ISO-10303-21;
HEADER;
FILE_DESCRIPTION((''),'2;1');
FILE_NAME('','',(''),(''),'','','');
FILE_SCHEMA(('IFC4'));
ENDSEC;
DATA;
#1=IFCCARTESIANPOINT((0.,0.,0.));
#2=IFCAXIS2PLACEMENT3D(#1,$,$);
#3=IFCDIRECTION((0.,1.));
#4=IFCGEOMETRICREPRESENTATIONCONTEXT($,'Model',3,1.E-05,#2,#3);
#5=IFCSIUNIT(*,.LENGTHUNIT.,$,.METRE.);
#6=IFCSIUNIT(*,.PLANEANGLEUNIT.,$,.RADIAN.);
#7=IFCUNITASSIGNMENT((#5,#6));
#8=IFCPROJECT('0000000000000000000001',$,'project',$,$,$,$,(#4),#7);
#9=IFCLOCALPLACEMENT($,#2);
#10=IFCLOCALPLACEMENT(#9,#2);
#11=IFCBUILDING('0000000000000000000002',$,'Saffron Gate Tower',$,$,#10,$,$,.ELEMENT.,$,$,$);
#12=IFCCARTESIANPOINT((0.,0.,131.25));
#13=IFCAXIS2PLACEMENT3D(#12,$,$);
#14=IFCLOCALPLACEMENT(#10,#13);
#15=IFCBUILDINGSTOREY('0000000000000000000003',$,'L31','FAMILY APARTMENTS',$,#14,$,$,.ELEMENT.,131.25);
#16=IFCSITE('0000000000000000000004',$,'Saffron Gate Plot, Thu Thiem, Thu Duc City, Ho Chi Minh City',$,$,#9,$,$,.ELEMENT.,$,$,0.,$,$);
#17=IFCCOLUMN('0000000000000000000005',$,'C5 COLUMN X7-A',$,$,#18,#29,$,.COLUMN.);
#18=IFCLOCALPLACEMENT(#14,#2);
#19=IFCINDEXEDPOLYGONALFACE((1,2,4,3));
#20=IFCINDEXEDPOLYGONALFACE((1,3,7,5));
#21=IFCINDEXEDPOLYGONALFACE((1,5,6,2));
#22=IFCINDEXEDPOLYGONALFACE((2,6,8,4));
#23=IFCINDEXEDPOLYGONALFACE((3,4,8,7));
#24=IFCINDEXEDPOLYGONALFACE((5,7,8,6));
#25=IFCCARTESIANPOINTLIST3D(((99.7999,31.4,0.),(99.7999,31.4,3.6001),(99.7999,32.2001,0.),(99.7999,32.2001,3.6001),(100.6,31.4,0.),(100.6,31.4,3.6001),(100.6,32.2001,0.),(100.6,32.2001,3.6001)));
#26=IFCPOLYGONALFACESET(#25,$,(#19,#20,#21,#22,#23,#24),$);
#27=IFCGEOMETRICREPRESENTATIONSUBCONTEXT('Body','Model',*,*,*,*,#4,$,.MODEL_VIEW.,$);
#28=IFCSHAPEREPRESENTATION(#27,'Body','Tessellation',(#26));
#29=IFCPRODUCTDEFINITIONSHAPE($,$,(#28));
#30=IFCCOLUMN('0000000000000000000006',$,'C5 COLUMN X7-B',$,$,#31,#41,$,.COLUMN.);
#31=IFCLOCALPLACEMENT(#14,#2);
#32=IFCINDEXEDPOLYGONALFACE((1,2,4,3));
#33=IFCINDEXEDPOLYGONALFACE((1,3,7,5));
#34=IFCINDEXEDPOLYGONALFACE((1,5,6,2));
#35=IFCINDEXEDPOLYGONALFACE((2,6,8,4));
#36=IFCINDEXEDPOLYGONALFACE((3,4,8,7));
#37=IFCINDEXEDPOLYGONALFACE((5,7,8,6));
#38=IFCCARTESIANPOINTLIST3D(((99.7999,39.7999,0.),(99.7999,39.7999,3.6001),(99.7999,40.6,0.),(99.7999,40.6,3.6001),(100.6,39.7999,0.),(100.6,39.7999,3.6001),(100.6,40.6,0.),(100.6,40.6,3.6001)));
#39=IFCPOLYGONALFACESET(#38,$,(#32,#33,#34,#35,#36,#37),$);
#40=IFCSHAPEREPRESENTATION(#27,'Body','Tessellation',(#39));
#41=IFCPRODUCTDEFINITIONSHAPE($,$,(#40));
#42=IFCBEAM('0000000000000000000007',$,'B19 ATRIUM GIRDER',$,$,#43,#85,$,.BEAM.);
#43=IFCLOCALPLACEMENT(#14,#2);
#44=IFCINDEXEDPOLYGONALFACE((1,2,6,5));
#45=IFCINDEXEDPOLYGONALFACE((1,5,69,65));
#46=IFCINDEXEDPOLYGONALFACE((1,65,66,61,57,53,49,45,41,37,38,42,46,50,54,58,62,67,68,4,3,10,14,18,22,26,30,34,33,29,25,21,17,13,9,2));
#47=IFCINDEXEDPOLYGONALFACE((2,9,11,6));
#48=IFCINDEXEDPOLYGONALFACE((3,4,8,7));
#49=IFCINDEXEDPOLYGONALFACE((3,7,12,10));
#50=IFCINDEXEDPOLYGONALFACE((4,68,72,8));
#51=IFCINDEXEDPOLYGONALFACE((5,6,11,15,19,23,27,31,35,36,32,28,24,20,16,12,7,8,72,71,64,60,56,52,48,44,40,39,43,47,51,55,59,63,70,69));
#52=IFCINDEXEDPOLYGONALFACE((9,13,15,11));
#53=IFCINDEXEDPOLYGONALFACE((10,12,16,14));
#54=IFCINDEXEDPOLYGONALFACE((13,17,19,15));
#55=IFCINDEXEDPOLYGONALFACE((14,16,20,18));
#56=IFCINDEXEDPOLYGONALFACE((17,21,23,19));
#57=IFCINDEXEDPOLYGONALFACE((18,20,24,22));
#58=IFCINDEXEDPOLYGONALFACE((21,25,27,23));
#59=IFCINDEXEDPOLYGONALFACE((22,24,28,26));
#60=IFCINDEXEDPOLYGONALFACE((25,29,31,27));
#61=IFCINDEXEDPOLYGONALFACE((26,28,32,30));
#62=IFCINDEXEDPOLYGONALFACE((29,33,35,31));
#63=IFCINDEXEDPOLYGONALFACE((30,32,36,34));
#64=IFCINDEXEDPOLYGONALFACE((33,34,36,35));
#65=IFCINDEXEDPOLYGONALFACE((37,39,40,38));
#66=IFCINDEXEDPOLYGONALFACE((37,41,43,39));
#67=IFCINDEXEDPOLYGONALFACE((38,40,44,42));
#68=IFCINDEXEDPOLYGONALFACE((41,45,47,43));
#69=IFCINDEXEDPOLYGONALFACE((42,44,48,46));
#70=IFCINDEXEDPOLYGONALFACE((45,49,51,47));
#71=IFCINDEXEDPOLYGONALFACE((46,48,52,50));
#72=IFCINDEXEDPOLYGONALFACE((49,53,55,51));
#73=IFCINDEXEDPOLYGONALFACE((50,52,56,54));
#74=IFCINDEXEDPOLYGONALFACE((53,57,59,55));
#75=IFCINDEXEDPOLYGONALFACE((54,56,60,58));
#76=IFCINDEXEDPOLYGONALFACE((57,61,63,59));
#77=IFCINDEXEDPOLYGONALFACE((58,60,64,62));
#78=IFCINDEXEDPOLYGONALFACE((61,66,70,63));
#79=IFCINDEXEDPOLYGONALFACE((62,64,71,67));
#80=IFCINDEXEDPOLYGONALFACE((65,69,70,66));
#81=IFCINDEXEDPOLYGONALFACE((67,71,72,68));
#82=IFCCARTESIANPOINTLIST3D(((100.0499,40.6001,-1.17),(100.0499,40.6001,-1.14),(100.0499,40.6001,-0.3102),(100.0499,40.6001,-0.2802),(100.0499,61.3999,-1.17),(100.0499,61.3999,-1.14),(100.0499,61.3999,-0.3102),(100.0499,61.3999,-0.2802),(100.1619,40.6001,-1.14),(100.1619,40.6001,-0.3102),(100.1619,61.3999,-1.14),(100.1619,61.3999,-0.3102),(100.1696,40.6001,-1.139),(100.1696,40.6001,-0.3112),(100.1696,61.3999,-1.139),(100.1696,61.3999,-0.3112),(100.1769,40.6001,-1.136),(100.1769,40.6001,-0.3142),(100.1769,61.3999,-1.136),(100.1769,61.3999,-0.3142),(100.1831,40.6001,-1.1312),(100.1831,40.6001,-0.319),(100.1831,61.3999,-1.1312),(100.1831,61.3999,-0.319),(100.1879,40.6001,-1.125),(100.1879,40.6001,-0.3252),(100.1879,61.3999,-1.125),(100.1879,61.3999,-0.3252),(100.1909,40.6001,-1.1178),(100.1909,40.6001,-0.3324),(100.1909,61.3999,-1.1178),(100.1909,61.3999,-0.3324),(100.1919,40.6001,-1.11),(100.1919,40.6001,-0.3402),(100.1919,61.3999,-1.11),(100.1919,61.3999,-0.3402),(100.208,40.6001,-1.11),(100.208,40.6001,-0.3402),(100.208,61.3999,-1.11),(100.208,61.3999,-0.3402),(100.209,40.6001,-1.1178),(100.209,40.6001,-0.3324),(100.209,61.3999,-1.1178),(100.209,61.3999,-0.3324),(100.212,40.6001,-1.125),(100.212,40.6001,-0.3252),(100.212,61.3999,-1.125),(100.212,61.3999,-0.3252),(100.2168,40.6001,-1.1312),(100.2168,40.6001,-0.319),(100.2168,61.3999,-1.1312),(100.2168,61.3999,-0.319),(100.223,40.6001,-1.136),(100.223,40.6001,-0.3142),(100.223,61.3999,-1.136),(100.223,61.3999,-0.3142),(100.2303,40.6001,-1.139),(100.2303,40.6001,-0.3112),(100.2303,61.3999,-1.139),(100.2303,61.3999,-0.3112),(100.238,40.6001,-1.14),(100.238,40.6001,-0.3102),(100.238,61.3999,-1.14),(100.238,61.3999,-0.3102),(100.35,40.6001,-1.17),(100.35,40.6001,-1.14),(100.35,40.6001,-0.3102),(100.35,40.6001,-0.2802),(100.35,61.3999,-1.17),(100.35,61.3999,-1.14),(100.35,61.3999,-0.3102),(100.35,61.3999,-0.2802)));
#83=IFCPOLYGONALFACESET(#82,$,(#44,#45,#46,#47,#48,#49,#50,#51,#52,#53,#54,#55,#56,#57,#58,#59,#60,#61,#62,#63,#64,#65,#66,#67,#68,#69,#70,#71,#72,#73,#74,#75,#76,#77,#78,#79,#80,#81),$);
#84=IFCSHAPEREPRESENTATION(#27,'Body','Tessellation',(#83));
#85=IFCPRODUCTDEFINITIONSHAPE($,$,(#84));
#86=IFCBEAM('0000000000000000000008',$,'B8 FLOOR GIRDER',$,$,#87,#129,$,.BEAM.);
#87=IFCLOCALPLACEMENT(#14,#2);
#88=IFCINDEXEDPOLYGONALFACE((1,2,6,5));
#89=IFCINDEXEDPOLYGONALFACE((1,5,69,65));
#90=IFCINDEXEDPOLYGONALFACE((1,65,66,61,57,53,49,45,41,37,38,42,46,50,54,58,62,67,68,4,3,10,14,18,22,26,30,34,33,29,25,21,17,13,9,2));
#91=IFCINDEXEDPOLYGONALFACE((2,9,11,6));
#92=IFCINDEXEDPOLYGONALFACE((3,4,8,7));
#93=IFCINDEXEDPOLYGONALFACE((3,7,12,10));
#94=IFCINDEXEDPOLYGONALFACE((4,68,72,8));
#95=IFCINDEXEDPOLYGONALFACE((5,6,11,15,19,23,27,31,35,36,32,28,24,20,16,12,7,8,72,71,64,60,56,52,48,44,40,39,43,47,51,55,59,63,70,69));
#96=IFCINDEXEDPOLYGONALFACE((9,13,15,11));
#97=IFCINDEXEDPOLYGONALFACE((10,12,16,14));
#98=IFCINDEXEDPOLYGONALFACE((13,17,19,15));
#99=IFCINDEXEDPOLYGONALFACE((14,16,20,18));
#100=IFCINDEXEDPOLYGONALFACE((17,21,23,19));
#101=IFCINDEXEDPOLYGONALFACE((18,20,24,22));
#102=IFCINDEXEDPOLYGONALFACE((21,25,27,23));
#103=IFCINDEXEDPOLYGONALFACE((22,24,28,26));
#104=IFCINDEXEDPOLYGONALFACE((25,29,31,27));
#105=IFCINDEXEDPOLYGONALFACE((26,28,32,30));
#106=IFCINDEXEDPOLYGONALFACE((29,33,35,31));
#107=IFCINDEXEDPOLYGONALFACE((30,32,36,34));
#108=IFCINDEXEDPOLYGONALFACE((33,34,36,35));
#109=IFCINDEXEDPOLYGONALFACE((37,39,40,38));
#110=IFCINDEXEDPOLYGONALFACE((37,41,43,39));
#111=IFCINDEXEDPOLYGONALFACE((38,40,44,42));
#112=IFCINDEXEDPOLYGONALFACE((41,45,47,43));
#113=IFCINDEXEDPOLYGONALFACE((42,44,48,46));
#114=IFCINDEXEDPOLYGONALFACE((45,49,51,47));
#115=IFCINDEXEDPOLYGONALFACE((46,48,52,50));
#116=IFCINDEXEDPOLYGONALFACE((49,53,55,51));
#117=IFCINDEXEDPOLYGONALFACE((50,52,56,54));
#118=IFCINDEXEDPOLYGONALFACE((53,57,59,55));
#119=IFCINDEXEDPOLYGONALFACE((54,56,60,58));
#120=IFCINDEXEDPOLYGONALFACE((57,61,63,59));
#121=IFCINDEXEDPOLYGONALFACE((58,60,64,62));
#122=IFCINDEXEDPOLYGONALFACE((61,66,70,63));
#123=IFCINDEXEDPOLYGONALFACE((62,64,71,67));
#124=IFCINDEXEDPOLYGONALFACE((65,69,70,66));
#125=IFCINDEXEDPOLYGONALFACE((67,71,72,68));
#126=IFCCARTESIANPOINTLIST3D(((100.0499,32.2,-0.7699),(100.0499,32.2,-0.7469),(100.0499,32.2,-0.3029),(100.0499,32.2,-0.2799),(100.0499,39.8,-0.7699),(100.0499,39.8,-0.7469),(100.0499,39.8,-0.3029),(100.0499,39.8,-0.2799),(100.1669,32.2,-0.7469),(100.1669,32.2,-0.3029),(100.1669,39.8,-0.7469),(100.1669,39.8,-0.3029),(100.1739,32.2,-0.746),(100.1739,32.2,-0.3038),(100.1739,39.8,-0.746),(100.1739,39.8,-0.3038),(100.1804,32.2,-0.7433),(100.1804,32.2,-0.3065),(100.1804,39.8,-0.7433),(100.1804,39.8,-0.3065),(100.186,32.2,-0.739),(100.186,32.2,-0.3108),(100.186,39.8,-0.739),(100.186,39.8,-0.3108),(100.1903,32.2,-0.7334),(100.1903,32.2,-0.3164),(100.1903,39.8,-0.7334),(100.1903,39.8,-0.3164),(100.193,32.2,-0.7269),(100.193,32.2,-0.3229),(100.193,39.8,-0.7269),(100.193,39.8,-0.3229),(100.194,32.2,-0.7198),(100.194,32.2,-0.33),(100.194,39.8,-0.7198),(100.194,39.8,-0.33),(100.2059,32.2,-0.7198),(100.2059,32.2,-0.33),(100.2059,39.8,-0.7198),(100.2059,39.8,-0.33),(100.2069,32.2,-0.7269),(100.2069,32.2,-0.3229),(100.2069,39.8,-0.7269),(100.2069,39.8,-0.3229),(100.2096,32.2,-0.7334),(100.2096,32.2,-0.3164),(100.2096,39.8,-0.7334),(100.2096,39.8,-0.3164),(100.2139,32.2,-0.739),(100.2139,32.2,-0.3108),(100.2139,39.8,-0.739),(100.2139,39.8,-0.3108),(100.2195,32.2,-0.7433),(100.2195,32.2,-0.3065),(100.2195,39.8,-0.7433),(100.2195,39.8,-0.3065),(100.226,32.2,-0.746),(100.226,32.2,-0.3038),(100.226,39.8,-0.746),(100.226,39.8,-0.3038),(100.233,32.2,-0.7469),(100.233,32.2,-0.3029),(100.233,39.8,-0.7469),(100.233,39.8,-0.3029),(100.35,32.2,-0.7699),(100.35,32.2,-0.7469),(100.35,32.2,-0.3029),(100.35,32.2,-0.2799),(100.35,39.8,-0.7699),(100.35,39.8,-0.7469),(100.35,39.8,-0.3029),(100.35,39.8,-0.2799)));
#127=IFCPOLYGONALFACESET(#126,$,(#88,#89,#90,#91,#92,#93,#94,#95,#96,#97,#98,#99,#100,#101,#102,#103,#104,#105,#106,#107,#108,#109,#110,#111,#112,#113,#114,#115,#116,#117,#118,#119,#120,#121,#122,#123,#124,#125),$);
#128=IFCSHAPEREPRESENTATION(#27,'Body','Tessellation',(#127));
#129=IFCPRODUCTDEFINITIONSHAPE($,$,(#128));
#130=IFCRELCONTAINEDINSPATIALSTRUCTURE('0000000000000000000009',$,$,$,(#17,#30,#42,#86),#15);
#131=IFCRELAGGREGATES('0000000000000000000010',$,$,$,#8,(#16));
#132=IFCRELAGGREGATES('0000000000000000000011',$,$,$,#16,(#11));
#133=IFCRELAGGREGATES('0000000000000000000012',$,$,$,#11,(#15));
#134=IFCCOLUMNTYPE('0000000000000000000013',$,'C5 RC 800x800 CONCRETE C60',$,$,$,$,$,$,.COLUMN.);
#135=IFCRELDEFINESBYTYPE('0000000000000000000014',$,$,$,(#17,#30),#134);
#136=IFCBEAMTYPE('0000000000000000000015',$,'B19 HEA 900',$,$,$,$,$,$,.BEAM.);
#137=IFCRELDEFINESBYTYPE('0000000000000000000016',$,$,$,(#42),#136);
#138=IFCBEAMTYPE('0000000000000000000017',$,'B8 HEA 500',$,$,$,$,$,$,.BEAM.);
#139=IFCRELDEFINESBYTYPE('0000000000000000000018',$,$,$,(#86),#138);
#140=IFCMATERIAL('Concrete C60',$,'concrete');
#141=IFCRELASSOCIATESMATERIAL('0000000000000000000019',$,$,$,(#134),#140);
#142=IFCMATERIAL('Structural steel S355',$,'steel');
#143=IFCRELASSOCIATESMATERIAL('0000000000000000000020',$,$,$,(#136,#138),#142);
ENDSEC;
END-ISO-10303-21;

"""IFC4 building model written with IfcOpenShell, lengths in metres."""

from ifc_helpers import new_model, si_unit, direction, frame, origin, origin_2d, place, context, subcontext, project, spatial, rectangle, i_section, extrude, material, material_profile, profile_set, type_object, element, save


model = new_model("IFC4")

# Units and contexts
model_context = context("Model", 3, precision=1e-05, world=origin(), true_north=direction((0.0, 1.0)))
body_context = subcontext(model_context, "Body", "Model", "MODEL_VIEW")
ifc_project = project(units=[si_unit("LENGTHUNIT", "METRE"), si_unit("PLANEANGLEUNIT", "RADIAN")], contexts=[model_context])

# Site, building, storey
site_placement = place(None, origin())
site = spatial("IfcSite", under=ifc_project, at=site_placement, Name="Saffron Gate Plot, Thu Thiem, Thu Duc City, Ho Chi Minh City", CompositionType="ELEMENT", RefElevation=0.0)
building_placement = place(site_placement, origin())
building = spatial("IfcBuilding", under=site, at=building_placement, Name="Saffron Gate Tower", CompositionType="ELEMENT")
storey_placement = place(building_placement, frame((0.0, 0.0, 131.25)))
storey = spatial("IfcBuildingStorey", under=building, at=storey_placement, Name="L31", Description="FAMILY APARTMENTS", CompositionType="ELEMENT", Elevation=131.25)

# Columns
ifc_material_1 = material(Name="Concrete C60", Category="concrete")
ifc_material_profile_1 = material_profile(ifc_material_1, rectangle(XDim=0.8, YDim=0.8, at=origin_2d()))
ifc_profile_set_1 = profile_set([ifc_material_profile_1], Name="Concrete C60")
column_type = type_object("IfcColumnType", Name="C5 RC 800x800 CONCRETE C60", PredefinedType="COLUMN", material=ifc_profile_set_1)
for number, where, z_axis, x_axis, name in (
    (1, (100.2, 31.8, 0.0), (0.0, 0.0, 1.0), (1.0, 0.0, 0.0), "C5 COLUMN X7-A"),
    (2, (100.2, 40.2, 0.0), (0.0, 0.0, 1.0), (1.0, 0.0, 0.0), "C5 COLUMN X7-B"),
):
    element("IfcColumn", number, at=place(storey_placement, frame(where, z_axis=z_axis, x_axis=x_axis)), inside=storey, type_object=column_type, Name=name, PredefinedType="COLUMN", context=body_context, shape_type="SweptSolid", body=[
        extrude(rectangle(XDim=0.8, YDim=0.8, at=origin_2d()), origin(), (0.0, 0.0, 1.0), 3.6001),
    ])

# Beams
ifc_material_2 = material(Name="Structural steel S355", Category="steel")
ifc_material_profile_2 = material_profile(ifc_material_2, i_section(OverallWidth=0.3, OverallDepth=0.8899, WebThickness=0.0161, FlangeThickness=0.03, FilletRadius=0.03, at=origin_2d()))
ifc_profile_set_2 = profile_set([ifc_material_profile_2], Name="Structural steel S355")
beam_type_1 = type_object("IfcBeamType", Name="B19 HEA 900", PredefinedType="BEAM", material=ifc_profile_set_2)
beam_1_placement = place(storey_placement, frame((100.2, 40.6001, -0.7251), z_axis=(0.0, 1.0, 0.0), x_axis=(-1.0, 0.0, 0.0)))
element("IfcBeam", 3, at=beam_1_placement, inside=storey, type_object=beam_type_1, Name="B19 ATRIUM GIRDER", PredefinedType="BEAM", context=body_context, shape_type="SweptSolid", body=[
    extrude(i_section(OverallWidth=0.3, OverallDepth=0.8899, WebThickness=0.0161, FlangeThickness=0.03, FilletRadius=0.03, at=origin_2d()), origin(), (0.0, 0.0, 1.0), 20.7998),
])
ifc_material_profile_3 = material_profile(ifc_material_2, i_section(OverallWidth=0.3, OverallDepth=0.49, WebThickness=0.012, FlangeThickness=0.0229, FilletRadius=0.0271, at=origin_2d()))
ifc_profile_set_3 = profile_set([ifc_material_profile_3], Name="Structural steel S355")
beam_type_2 = type_object("IfcBeamType", Name="B8 HEA 500", PredefinedType="BEAM", material=ifc_profile_set_3)
beam_2_placement = place(storey_placement, frame((100.2, 32.2, -0.5249), z_axis=(0.0, 1.0, 0.0), x_axis=(-1.0, 0.0, 0.0)))
element("IfcBeam", 4, at=beam_2_placement, inside=storey, type_object=beam_type_2, Name="B8 FLOOR GIRDER", PredefinedType="BEAM", context=body_context, shape_type="SweptSolid", body=[
    extrude(i_section(OverallWidth=0.3, OverallDepth=0.49, WebThickness=0.012, FlangeThickness=0.0229, FilletRadius=0.0271, at=origin_2d()), origin(), (0.0, 0.0, 1.0), 7.6001),
])

save(model, "model.ifc")
